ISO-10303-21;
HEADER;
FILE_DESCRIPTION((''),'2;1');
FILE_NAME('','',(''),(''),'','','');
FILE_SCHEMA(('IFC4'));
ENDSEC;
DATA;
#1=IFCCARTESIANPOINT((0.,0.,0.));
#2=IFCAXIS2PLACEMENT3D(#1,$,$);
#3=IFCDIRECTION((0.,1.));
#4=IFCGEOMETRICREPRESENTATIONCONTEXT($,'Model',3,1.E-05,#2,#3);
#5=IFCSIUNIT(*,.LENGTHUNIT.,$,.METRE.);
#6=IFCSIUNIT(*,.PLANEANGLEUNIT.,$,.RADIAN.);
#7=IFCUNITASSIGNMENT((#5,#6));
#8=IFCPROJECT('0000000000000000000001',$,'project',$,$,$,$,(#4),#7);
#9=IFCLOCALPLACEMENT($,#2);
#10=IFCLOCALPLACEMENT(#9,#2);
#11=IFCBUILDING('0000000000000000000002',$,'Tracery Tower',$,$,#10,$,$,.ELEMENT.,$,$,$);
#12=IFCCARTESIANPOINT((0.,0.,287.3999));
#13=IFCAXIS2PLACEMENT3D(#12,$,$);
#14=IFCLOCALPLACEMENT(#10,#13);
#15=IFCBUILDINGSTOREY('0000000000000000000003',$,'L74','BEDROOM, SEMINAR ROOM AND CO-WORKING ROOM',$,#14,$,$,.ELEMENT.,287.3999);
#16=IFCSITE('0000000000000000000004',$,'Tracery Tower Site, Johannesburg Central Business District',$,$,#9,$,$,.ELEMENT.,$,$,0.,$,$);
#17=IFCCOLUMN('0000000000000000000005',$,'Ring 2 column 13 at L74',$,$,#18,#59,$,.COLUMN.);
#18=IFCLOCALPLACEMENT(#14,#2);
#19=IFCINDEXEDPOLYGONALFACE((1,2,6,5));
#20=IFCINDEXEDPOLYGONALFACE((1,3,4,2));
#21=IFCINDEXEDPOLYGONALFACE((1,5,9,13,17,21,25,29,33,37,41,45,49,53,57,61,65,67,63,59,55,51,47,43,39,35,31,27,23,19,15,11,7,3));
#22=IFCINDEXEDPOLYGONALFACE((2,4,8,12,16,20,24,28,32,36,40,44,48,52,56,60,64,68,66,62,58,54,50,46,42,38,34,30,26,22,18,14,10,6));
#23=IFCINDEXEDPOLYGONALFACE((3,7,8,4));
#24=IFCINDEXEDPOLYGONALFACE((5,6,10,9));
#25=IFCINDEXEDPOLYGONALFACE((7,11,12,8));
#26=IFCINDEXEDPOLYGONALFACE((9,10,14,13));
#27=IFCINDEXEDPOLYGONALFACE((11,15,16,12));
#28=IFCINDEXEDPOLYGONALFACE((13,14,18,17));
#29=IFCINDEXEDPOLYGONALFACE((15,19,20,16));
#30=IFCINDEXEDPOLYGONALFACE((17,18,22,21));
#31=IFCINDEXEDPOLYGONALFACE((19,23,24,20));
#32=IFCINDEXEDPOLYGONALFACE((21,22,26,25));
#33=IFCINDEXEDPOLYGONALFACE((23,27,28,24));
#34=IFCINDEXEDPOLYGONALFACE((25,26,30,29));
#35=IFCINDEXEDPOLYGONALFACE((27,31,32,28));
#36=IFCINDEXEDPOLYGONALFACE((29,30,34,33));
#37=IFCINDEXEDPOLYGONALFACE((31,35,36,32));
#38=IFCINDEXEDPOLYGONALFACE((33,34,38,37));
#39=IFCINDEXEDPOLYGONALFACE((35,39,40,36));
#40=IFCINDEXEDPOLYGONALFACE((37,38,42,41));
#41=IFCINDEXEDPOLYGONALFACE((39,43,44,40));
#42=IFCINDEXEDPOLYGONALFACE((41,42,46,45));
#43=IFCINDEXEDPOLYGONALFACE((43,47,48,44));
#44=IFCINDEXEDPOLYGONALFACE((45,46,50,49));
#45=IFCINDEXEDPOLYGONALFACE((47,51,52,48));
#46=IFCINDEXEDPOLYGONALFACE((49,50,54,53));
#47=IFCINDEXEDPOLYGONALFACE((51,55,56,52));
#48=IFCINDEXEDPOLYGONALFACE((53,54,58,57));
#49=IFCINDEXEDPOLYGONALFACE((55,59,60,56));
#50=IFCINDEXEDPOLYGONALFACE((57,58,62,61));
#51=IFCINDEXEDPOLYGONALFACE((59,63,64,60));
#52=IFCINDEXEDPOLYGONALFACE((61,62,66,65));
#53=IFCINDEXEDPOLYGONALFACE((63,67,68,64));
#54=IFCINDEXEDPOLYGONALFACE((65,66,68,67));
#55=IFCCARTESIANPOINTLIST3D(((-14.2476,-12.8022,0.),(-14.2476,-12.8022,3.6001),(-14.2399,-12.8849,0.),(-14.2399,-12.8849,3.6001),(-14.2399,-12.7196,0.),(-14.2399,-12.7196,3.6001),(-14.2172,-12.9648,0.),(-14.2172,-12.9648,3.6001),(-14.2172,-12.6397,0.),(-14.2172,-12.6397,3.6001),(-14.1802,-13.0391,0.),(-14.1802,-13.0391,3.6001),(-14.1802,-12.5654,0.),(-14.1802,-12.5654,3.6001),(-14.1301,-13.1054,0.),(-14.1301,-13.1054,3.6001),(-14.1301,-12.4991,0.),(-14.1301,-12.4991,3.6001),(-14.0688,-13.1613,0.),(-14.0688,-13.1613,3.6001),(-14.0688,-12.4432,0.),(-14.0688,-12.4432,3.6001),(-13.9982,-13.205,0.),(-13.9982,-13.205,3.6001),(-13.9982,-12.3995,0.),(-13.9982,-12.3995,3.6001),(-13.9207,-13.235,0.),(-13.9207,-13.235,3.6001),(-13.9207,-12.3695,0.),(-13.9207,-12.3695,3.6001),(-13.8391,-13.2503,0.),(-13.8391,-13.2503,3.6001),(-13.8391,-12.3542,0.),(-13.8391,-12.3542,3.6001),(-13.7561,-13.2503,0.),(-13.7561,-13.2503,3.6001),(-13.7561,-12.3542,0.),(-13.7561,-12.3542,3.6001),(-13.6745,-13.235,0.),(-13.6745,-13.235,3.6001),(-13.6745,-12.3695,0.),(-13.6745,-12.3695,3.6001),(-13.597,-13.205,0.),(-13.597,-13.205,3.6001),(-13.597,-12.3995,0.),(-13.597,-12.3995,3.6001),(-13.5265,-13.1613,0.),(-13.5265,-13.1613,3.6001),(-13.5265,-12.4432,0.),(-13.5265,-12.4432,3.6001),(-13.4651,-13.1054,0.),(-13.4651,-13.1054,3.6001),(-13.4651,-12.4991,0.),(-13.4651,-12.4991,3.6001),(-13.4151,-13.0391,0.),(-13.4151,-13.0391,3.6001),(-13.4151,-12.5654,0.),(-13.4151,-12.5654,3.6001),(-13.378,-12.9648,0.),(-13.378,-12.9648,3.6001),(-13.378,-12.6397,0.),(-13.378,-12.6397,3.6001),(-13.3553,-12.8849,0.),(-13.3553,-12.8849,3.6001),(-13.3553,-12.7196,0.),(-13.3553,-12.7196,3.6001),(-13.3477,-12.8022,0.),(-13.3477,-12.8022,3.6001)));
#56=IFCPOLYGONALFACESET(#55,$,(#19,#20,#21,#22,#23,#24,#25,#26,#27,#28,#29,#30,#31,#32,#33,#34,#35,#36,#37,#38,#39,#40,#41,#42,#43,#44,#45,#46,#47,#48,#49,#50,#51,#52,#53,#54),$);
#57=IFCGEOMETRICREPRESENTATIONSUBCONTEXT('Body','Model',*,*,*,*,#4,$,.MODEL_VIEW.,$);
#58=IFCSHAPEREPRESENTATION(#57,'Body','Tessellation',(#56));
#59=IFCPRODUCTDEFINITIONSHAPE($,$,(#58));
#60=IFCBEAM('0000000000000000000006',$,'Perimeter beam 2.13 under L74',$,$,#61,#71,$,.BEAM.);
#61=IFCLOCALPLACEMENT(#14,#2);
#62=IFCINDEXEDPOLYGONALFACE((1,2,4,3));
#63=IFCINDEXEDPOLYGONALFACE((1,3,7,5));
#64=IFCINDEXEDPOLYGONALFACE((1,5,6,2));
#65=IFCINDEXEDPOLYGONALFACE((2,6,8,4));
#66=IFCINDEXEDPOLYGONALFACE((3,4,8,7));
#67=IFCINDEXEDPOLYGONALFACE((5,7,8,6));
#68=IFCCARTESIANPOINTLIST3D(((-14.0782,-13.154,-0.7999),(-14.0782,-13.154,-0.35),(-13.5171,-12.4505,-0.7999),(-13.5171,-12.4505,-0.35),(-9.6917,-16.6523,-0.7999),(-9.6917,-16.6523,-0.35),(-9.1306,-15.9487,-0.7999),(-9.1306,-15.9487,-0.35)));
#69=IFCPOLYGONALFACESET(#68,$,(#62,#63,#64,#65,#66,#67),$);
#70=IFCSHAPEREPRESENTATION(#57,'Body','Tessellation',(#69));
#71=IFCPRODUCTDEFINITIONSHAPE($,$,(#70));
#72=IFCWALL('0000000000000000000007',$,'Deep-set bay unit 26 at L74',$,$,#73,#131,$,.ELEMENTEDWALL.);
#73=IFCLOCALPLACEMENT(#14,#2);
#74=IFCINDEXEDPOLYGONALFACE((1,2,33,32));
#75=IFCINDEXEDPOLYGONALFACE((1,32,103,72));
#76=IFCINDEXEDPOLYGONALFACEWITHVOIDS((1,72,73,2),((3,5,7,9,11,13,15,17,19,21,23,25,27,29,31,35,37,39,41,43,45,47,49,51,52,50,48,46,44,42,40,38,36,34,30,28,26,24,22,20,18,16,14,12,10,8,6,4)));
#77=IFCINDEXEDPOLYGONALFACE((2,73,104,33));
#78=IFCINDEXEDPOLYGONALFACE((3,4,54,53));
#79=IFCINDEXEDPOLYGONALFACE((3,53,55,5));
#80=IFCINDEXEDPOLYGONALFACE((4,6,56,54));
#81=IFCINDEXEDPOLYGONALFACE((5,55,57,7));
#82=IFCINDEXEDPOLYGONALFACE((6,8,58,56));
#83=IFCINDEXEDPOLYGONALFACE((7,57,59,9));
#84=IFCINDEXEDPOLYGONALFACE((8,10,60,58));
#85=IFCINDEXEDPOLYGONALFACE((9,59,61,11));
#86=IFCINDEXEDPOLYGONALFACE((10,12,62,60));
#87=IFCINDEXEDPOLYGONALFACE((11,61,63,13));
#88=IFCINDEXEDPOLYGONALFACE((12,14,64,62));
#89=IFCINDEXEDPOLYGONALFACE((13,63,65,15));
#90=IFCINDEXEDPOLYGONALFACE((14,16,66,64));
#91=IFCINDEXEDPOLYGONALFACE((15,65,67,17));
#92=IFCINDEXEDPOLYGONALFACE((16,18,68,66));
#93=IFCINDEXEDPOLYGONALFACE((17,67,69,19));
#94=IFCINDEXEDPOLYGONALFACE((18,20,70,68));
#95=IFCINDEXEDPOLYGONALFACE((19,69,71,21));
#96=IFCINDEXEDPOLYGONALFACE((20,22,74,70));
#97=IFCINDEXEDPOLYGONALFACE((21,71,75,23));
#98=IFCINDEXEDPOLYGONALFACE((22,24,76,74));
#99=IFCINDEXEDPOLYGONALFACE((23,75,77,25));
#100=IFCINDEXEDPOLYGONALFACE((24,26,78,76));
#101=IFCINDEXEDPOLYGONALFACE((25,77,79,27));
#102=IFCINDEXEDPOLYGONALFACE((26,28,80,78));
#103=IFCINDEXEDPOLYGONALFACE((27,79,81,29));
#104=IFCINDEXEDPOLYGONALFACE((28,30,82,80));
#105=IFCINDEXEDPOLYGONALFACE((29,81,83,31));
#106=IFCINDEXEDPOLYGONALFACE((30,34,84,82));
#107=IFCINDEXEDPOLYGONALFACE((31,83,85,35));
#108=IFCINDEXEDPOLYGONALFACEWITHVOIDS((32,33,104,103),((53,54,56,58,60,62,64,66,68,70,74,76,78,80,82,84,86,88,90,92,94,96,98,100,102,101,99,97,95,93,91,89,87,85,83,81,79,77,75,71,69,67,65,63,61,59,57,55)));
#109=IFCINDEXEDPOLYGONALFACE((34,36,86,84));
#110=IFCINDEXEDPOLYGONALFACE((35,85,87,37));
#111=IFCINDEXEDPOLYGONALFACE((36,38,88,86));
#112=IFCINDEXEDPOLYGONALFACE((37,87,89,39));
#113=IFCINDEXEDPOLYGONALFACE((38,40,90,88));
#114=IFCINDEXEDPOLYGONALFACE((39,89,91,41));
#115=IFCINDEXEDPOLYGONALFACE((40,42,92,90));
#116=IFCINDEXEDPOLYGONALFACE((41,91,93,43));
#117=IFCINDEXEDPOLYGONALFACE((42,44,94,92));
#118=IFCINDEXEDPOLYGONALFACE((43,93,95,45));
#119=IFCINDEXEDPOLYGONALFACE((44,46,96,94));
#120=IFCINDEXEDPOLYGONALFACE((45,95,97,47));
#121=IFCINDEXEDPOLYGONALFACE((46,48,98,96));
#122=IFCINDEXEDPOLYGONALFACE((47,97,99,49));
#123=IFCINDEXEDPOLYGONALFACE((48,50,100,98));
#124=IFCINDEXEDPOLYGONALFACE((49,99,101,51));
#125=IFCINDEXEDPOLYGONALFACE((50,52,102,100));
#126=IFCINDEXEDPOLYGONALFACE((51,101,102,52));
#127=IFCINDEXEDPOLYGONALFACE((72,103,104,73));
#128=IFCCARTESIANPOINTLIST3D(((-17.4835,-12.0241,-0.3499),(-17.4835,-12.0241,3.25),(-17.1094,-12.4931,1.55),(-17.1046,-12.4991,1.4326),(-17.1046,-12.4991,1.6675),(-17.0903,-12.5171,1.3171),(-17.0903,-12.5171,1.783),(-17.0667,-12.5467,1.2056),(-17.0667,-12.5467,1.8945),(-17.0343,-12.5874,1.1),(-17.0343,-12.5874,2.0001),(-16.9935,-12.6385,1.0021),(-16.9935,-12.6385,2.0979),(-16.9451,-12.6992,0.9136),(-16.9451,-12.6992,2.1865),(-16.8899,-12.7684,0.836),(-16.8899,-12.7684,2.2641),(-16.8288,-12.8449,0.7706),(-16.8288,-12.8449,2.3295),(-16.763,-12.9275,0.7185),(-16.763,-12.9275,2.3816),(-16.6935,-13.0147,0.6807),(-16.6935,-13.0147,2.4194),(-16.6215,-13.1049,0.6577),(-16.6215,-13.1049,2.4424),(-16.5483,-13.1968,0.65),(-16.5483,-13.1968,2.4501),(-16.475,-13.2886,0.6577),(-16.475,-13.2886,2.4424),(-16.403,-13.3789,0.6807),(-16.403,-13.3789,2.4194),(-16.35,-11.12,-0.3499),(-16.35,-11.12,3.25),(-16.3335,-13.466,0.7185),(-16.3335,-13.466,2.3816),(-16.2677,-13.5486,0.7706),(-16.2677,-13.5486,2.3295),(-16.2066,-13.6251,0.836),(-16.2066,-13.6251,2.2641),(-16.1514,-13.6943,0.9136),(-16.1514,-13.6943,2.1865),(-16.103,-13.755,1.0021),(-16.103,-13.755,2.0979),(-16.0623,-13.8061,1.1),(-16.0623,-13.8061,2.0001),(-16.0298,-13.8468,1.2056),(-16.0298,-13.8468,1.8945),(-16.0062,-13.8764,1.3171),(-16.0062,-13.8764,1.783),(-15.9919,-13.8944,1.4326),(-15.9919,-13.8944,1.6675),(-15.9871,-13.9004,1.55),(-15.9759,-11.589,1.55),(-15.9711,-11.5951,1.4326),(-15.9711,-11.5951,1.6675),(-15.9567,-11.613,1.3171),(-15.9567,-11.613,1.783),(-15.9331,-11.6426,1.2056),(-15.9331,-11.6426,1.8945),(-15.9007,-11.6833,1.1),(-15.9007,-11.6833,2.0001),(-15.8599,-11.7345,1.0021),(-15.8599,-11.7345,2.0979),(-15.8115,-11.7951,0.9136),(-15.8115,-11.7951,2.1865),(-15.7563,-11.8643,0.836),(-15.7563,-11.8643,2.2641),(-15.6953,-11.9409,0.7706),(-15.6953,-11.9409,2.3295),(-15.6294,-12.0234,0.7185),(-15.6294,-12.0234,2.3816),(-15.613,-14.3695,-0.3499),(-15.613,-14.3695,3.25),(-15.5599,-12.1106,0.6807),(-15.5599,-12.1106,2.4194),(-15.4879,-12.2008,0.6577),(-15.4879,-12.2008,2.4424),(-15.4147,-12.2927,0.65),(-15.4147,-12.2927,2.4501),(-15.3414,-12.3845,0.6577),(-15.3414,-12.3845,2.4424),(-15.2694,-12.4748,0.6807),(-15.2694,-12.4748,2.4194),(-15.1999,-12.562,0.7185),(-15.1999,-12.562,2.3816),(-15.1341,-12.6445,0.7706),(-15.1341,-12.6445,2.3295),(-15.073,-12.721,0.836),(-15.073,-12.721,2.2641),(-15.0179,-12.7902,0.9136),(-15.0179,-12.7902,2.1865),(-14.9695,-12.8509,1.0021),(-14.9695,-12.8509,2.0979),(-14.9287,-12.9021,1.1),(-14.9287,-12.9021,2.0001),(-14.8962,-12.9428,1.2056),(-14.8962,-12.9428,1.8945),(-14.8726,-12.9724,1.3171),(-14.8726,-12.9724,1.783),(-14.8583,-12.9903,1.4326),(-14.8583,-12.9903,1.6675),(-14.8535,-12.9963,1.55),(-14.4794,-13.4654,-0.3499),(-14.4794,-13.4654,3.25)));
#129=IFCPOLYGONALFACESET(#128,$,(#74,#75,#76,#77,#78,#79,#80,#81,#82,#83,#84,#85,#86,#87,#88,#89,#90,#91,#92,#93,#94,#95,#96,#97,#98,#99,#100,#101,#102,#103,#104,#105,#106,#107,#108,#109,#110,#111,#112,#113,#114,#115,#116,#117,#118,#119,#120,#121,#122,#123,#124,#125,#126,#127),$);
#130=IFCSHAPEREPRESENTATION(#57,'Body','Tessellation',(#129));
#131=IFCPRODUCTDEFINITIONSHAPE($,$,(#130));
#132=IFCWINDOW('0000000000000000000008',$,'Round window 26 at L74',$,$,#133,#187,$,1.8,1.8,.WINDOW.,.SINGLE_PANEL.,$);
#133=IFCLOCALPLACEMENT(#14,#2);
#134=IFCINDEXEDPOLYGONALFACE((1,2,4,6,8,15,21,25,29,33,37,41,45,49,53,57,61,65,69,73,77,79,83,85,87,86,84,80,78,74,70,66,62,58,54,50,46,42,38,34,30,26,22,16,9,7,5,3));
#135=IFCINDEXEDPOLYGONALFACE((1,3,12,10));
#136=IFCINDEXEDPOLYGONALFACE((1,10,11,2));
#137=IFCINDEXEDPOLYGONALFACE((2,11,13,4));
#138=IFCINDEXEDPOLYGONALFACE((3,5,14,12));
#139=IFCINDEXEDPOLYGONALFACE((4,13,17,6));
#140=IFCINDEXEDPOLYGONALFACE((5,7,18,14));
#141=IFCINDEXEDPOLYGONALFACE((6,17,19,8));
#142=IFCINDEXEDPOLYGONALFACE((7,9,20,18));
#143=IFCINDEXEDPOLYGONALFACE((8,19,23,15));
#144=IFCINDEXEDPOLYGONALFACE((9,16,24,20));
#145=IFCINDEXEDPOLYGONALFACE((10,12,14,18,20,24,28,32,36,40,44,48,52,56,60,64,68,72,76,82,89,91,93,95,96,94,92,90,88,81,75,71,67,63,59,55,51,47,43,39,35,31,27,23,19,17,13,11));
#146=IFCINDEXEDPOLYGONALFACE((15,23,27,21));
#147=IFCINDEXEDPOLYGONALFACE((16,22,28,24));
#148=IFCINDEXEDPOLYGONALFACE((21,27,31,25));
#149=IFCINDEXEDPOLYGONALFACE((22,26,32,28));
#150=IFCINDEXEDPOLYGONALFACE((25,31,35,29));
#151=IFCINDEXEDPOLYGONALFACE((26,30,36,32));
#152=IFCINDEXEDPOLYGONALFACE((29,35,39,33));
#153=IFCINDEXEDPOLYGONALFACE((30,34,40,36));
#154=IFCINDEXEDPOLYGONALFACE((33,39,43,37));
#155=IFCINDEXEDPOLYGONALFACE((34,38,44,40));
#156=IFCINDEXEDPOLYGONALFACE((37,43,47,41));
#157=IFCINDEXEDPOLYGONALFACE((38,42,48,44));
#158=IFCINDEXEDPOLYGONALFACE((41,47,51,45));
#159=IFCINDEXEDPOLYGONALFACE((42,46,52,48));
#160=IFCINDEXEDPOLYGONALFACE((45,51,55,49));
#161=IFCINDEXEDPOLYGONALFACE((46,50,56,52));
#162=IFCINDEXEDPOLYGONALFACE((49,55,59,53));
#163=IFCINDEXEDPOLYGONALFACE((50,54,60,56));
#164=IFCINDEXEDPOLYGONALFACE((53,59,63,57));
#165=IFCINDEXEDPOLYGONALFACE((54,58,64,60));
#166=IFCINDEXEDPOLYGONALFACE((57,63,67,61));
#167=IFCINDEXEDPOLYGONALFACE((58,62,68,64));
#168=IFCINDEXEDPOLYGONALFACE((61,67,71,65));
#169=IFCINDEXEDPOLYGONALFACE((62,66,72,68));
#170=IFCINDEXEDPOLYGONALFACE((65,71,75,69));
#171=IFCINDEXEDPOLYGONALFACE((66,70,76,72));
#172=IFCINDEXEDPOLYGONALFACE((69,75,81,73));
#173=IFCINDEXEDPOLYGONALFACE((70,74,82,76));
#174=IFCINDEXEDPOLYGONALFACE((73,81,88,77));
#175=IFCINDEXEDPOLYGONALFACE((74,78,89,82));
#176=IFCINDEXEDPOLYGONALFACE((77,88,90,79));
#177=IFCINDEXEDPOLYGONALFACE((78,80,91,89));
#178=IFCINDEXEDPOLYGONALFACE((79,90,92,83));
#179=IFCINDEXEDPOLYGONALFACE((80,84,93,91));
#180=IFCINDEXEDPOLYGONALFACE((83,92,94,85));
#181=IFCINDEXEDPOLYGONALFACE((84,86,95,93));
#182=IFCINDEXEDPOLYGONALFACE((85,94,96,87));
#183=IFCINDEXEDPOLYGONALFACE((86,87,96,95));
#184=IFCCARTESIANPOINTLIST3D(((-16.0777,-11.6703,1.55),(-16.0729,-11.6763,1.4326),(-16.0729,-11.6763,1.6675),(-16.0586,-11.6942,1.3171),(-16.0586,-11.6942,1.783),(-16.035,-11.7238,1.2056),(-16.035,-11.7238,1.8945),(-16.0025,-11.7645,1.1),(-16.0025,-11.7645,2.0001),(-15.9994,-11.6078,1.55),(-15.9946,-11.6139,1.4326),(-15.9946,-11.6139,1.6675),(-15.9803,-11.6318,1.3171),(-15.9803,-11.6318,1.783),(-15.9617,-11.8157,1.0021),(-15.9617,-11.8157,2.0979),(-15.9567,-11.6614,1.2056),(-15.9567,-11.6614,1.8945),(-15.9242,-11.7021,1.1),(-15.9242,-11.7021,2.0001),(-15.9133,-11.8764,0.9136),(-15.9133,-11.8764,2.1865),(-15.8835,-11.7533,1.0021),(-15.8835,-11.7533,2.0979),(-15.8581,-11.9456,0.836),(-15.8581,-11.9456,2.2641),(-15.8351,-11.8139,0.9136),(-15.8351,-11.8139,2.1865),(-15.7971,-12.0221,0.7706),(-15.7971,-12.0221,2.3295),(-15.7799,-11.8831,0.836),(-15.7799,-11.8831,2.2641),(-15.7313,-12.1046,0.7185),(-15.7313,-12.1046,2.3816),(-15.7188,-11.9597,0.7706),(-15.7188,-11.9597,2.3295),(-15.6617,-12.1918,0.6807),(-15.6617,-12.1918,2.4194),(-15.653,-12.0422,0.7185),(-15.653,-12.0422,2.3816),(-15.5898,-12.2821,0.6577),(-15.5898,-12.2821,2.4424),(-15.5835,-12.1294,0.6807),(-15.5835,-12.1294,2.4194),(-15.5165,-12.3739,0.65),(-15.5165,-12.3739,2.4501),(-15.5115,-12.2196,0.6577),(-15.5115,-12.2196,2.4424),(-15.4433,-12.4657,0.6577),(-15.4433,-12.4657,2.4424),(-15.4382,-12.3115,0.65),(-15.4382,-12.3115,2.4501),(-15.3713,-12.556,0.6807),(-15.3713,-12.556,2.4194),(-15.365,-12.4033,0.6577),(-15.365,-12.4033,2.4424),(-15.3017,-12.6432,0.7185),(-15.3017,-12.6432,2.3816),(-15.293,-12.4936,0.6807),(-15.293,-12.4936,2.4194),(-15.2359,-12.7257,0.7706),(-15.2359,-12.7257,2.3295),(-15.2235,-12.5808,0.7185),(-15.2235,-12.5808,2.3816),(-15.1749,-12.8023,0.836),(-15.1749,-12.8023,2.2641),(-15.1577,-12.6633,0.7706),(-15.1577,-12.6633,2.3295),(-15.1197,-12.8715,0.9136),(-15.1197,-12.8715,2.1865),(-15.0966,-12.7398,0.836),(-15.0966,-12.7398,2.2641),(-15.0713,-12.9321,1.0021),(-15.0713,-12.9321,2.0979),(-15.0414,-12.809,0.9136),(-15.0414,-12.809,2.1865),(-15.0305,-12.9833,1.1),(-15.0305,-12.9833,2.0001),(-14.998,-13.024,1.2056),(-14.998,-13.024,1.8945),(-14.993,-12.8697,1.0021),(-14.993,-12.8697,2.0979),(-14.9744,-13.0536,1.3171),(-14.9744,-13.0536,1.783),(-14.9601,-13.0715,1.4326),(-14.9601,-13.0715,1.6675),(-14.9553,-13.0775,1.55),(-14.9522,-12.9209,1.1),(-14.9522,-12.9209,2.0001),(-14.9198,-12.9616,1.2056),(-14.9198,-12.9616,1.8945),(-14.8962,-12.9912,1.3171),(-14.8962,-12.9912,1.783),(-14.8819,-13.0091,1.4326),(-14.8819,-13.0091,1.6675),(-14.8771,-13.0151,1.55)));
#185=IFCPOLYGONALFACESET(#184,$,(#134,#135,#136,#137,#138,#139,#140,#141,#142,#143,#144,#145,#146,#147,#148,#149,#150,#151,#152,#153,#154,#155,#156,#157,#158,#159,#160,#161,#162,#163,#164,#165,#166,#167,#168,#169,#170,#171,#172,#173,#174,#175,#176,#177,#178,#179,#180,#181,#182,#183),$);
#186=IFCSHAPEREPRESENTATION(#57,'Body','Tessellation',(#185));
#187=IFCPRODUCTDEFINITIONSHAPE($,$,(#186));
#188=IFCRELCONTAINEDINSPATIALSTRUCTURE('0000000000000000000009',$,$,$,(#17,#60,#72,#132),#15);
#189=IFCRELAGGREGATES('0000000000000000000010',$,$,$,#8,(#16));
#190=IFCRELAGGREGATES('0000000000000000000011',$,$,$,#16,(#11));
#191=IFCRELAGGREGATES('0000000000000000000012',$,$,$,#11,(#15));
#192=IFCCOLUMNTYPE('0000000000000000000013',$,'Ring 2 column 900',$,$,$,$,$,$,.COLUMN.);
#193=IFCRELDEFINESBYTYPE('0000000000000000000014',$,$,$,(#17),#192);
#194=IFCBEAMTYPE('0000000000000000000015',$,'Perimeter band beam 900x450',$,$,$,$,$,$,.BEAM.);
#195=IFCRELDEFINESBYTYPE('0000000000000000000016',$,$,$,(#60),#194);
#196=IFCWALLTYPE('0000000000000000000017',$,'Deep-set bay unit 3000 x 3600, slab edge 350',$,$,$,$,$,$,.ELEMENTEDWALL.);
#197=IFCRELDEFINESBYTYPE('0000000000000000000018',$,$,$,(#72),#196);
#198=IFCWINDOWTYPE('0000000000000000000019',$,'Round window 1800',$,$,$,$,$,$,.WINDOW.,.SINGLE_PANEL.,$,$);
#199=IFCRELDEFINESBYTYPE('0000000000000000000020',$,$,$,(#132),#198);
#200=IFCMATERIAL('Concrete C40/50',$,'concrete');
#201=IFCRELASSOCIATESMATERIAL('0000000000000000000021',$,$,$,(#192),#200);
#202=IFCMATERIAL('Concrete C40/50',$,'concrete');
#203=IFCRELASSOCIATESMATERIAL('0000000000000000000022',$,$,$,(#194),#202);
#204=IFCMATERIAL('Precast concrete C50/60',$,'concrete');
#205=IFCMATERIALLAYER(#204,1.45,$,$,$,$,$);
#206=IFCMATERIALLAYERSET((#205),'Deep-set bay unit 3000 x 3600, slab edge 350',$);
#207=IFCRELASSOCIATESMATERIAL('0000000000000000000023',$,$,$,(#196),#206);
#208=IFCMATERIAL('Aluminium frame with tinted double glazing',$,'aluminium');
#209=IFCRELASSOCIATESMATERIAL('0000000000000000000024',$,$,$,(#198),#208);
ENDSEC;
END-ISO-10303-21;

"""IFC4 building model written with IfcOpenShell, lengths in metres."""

from ifc_helpers import new_model, si_unit, direction, frame, frame_2d, origin, origin_2d, place, context, subcontext, project, spatial, rectangle, circle, extrude, material, layer, layer_set, material_profile, profile_set, type_object, element, fill, save


model = new_model("IFC4")

# Units and contexts
model_context = context("Model", 3, precision=1e-05, world=origin(), true_north=direction((0.0, 1.0)))
body_context = subcontext(model_context, "Body", "Model", "MODEL_VIEW")
ifc_project = project(units=[si_unit("LENGTHUNIT", "METRE"), si_unit("PLANEANGLEUNIT", "RADIAN")], contexts=[model_context])

# Site, building, storey
site_placement = place(None, origin())
site = spatial("IfcSite", under=ifc_project, at=site_placement, Name="Tracery Tower Site, Johannesburg Central Business District", CompositionType="ELEMENT", RefElevation=0.0)
building_placement = place(site_placement, origin())
building = spatial("IfcBuilding", under=site, at=building_placement, Name="Tracery Tower", CompositionType="ELEMENT")
storey_placement = place(building_placement, frame((0.0, 0.0, 287.3999)))
storey = spatial("IfcBuildingStorey", under=building, at=storey_placement, Name="L74", Description="BEDROOM, SEMINAR ROOM AND CO-WORKING ROOM", CompositionType="ELEMENT", Elevation=287.3999)

# Column
ifc_material_1 = material(Name="Concrete C40/50", Category="concrete")
ifc_material_profile_1 = material_profile(ifc_material_1, circle(Radius=0.45, at=origin_2d()), Name="RC D900")
ifc_profile_set_1 = profile_set([ifc_material_profile_1], Name="Concrete C40/50")
column_type = type_object("IfcColumnType", Name="Ring 2 column 900", PredefinedType="COLUMN", material=ifc_profile_set_1)
column_placement = place(storey_placement, frame((-13.7976, -12.8022, 0.0), z_axis=(0.0, 0.0, 1.0), x_axis=(1.0, 0.0, 0.0)))
element("IfcColumn", 1, at=column_placement, inside=storey, type_object=column_type, Name="Ring 2 column 13 at L74", PredefinedType="COLUMN", context=body_context, shape_type="SweptSolid", body=[
    extrude(circle(Radius=0.45, at=origin_2d()), origin(), (0.0, 0.0, 1.0), 3.6001),
])

# Beam
ifc_material_2 = material(Name="Concrete C40/50", Category="concrete")
ifc_material_profile_2 = material_profile(ifc_material_2, rectangle(XDim=0.8999, YDim=0.45, at=origin_2d()), Name="RC 900x450")
ifc_profile_set_2 = profile_set([ifc_material_profile_2], Name="Concrete C40/50")
beam_type = type_object("IfcBeamType", Name="Perimeter band beam 900x450", PredefinedType="BEAM", material=ifc_profile_set_2)
beam_placement = place(storey_placement, frame((-13.7976, -12.8022, -0.575), z_axis=(0.781815, -0.623511, 0.0), x_axis=(0.623511, 0.781815, 0.0)))
element("IfcBeam", 2, at=beam_placement, inside=storey, type_object=beam_type, Name="Perimeter beam 2.13 under L74", PredefinedType="BEAM", context=body_context, shape_type="SweptSolid", body=[
    extrude(rectangle(XDim=0.8999, YDim=0.45, at=origin_2d()), origin(), (0.0, 0.0, 1.0), 5.6106),
])

# Wall, opening, window
ifc_material_3 = material(Name="Precast concrete C50/60", Category="concrete")
ifc_layer_1 = layer(ifc_material_3, 1.45)
ifc_layer_set_1 = layer_set([ifc_layer_1], Name="Deep-set bay unit 3000 x 3600, slab edge 350")
wall_type_1 = type_object("IfcWallType", Name="Deep-set bay unit 3000 x 3600, slab edge 350", PredefinedType="ELEMENTEDWALL", material=ifc_layer_set_1)
wall_1_placement = place(storey_placement, frame((-16.9167, -11.572, -0.3499), z_axis=(0.0, 0.0, 1.0), x_axis=(0.623523, -0.781805, 0.0)))
wall_1 = element("IfcWall", 3, at=wall_1_placement, inside=storey, type_object=wall_type_1, Name="Deep-set bay unit 26 at L74", PredefinedType="ELEMENTEDWALL", context=body_context, shape_type="SweptSolid", body=[
    extrude(rectangle(XDim=3.0, YDim=1.45, at=frame_2d((1.5, 0.0))), origin(), (0.0, 0.0, 1.0), 3.5999),
])
opening_1_placement = place(wall_1_placement, frame((1.5, 0.0, 1.8999)))
opening_1 = element("IfcOpeningElement", 4, at=opening_1_placement, cuts=wall_1, PredefinedType="OPENING", context=body_context, shape_type="SweptSolid", body=[
    extrude(circle(Radius=0.9, at=origin_2d()), frame((0.0, 0.7349, 0.0), z_axis=(0.0, -1.0, 0.0), x_axis=(1.0, 0.0, 0.0)), (0.0, 0.0, 1.0), 1.47),
])
ifc_material_4 = material(Name="Aluminium frame with tinted double glazing", Category="aluminium")
window_type = type_object("IfcWindowType", Name="Round window 1800", PartitioningType="SINGLE_PANEL", PredefinedType="WINDOW", material=ifc_material_4)
window_1_placement = place(opening_1_placement, origin())
window_1 = element("IfcWindow", 5, at=window_1_placement, inside=storey, type_object=window_type, Name="Round window 26 at L74", OverallHeight=1.8, OverallWidth=1.8, PartitioningType="SINGLE_PANEL", PredefinedType="WINDOW", context=body_context, shape_type="SweptSolid", body=[
    extrude(circle(Radius=0.9, at=origin_2d()), frame((0.0, 0.6948, 0.0), z_axis=(0.0, -1.0, 0.0), x_axis=(1.0, 0.0, 0.0)), (0.0, 0.0, 1.0), 0.1001),
])
fill(opening_1, window_1)

save(model, "model.ifc")
